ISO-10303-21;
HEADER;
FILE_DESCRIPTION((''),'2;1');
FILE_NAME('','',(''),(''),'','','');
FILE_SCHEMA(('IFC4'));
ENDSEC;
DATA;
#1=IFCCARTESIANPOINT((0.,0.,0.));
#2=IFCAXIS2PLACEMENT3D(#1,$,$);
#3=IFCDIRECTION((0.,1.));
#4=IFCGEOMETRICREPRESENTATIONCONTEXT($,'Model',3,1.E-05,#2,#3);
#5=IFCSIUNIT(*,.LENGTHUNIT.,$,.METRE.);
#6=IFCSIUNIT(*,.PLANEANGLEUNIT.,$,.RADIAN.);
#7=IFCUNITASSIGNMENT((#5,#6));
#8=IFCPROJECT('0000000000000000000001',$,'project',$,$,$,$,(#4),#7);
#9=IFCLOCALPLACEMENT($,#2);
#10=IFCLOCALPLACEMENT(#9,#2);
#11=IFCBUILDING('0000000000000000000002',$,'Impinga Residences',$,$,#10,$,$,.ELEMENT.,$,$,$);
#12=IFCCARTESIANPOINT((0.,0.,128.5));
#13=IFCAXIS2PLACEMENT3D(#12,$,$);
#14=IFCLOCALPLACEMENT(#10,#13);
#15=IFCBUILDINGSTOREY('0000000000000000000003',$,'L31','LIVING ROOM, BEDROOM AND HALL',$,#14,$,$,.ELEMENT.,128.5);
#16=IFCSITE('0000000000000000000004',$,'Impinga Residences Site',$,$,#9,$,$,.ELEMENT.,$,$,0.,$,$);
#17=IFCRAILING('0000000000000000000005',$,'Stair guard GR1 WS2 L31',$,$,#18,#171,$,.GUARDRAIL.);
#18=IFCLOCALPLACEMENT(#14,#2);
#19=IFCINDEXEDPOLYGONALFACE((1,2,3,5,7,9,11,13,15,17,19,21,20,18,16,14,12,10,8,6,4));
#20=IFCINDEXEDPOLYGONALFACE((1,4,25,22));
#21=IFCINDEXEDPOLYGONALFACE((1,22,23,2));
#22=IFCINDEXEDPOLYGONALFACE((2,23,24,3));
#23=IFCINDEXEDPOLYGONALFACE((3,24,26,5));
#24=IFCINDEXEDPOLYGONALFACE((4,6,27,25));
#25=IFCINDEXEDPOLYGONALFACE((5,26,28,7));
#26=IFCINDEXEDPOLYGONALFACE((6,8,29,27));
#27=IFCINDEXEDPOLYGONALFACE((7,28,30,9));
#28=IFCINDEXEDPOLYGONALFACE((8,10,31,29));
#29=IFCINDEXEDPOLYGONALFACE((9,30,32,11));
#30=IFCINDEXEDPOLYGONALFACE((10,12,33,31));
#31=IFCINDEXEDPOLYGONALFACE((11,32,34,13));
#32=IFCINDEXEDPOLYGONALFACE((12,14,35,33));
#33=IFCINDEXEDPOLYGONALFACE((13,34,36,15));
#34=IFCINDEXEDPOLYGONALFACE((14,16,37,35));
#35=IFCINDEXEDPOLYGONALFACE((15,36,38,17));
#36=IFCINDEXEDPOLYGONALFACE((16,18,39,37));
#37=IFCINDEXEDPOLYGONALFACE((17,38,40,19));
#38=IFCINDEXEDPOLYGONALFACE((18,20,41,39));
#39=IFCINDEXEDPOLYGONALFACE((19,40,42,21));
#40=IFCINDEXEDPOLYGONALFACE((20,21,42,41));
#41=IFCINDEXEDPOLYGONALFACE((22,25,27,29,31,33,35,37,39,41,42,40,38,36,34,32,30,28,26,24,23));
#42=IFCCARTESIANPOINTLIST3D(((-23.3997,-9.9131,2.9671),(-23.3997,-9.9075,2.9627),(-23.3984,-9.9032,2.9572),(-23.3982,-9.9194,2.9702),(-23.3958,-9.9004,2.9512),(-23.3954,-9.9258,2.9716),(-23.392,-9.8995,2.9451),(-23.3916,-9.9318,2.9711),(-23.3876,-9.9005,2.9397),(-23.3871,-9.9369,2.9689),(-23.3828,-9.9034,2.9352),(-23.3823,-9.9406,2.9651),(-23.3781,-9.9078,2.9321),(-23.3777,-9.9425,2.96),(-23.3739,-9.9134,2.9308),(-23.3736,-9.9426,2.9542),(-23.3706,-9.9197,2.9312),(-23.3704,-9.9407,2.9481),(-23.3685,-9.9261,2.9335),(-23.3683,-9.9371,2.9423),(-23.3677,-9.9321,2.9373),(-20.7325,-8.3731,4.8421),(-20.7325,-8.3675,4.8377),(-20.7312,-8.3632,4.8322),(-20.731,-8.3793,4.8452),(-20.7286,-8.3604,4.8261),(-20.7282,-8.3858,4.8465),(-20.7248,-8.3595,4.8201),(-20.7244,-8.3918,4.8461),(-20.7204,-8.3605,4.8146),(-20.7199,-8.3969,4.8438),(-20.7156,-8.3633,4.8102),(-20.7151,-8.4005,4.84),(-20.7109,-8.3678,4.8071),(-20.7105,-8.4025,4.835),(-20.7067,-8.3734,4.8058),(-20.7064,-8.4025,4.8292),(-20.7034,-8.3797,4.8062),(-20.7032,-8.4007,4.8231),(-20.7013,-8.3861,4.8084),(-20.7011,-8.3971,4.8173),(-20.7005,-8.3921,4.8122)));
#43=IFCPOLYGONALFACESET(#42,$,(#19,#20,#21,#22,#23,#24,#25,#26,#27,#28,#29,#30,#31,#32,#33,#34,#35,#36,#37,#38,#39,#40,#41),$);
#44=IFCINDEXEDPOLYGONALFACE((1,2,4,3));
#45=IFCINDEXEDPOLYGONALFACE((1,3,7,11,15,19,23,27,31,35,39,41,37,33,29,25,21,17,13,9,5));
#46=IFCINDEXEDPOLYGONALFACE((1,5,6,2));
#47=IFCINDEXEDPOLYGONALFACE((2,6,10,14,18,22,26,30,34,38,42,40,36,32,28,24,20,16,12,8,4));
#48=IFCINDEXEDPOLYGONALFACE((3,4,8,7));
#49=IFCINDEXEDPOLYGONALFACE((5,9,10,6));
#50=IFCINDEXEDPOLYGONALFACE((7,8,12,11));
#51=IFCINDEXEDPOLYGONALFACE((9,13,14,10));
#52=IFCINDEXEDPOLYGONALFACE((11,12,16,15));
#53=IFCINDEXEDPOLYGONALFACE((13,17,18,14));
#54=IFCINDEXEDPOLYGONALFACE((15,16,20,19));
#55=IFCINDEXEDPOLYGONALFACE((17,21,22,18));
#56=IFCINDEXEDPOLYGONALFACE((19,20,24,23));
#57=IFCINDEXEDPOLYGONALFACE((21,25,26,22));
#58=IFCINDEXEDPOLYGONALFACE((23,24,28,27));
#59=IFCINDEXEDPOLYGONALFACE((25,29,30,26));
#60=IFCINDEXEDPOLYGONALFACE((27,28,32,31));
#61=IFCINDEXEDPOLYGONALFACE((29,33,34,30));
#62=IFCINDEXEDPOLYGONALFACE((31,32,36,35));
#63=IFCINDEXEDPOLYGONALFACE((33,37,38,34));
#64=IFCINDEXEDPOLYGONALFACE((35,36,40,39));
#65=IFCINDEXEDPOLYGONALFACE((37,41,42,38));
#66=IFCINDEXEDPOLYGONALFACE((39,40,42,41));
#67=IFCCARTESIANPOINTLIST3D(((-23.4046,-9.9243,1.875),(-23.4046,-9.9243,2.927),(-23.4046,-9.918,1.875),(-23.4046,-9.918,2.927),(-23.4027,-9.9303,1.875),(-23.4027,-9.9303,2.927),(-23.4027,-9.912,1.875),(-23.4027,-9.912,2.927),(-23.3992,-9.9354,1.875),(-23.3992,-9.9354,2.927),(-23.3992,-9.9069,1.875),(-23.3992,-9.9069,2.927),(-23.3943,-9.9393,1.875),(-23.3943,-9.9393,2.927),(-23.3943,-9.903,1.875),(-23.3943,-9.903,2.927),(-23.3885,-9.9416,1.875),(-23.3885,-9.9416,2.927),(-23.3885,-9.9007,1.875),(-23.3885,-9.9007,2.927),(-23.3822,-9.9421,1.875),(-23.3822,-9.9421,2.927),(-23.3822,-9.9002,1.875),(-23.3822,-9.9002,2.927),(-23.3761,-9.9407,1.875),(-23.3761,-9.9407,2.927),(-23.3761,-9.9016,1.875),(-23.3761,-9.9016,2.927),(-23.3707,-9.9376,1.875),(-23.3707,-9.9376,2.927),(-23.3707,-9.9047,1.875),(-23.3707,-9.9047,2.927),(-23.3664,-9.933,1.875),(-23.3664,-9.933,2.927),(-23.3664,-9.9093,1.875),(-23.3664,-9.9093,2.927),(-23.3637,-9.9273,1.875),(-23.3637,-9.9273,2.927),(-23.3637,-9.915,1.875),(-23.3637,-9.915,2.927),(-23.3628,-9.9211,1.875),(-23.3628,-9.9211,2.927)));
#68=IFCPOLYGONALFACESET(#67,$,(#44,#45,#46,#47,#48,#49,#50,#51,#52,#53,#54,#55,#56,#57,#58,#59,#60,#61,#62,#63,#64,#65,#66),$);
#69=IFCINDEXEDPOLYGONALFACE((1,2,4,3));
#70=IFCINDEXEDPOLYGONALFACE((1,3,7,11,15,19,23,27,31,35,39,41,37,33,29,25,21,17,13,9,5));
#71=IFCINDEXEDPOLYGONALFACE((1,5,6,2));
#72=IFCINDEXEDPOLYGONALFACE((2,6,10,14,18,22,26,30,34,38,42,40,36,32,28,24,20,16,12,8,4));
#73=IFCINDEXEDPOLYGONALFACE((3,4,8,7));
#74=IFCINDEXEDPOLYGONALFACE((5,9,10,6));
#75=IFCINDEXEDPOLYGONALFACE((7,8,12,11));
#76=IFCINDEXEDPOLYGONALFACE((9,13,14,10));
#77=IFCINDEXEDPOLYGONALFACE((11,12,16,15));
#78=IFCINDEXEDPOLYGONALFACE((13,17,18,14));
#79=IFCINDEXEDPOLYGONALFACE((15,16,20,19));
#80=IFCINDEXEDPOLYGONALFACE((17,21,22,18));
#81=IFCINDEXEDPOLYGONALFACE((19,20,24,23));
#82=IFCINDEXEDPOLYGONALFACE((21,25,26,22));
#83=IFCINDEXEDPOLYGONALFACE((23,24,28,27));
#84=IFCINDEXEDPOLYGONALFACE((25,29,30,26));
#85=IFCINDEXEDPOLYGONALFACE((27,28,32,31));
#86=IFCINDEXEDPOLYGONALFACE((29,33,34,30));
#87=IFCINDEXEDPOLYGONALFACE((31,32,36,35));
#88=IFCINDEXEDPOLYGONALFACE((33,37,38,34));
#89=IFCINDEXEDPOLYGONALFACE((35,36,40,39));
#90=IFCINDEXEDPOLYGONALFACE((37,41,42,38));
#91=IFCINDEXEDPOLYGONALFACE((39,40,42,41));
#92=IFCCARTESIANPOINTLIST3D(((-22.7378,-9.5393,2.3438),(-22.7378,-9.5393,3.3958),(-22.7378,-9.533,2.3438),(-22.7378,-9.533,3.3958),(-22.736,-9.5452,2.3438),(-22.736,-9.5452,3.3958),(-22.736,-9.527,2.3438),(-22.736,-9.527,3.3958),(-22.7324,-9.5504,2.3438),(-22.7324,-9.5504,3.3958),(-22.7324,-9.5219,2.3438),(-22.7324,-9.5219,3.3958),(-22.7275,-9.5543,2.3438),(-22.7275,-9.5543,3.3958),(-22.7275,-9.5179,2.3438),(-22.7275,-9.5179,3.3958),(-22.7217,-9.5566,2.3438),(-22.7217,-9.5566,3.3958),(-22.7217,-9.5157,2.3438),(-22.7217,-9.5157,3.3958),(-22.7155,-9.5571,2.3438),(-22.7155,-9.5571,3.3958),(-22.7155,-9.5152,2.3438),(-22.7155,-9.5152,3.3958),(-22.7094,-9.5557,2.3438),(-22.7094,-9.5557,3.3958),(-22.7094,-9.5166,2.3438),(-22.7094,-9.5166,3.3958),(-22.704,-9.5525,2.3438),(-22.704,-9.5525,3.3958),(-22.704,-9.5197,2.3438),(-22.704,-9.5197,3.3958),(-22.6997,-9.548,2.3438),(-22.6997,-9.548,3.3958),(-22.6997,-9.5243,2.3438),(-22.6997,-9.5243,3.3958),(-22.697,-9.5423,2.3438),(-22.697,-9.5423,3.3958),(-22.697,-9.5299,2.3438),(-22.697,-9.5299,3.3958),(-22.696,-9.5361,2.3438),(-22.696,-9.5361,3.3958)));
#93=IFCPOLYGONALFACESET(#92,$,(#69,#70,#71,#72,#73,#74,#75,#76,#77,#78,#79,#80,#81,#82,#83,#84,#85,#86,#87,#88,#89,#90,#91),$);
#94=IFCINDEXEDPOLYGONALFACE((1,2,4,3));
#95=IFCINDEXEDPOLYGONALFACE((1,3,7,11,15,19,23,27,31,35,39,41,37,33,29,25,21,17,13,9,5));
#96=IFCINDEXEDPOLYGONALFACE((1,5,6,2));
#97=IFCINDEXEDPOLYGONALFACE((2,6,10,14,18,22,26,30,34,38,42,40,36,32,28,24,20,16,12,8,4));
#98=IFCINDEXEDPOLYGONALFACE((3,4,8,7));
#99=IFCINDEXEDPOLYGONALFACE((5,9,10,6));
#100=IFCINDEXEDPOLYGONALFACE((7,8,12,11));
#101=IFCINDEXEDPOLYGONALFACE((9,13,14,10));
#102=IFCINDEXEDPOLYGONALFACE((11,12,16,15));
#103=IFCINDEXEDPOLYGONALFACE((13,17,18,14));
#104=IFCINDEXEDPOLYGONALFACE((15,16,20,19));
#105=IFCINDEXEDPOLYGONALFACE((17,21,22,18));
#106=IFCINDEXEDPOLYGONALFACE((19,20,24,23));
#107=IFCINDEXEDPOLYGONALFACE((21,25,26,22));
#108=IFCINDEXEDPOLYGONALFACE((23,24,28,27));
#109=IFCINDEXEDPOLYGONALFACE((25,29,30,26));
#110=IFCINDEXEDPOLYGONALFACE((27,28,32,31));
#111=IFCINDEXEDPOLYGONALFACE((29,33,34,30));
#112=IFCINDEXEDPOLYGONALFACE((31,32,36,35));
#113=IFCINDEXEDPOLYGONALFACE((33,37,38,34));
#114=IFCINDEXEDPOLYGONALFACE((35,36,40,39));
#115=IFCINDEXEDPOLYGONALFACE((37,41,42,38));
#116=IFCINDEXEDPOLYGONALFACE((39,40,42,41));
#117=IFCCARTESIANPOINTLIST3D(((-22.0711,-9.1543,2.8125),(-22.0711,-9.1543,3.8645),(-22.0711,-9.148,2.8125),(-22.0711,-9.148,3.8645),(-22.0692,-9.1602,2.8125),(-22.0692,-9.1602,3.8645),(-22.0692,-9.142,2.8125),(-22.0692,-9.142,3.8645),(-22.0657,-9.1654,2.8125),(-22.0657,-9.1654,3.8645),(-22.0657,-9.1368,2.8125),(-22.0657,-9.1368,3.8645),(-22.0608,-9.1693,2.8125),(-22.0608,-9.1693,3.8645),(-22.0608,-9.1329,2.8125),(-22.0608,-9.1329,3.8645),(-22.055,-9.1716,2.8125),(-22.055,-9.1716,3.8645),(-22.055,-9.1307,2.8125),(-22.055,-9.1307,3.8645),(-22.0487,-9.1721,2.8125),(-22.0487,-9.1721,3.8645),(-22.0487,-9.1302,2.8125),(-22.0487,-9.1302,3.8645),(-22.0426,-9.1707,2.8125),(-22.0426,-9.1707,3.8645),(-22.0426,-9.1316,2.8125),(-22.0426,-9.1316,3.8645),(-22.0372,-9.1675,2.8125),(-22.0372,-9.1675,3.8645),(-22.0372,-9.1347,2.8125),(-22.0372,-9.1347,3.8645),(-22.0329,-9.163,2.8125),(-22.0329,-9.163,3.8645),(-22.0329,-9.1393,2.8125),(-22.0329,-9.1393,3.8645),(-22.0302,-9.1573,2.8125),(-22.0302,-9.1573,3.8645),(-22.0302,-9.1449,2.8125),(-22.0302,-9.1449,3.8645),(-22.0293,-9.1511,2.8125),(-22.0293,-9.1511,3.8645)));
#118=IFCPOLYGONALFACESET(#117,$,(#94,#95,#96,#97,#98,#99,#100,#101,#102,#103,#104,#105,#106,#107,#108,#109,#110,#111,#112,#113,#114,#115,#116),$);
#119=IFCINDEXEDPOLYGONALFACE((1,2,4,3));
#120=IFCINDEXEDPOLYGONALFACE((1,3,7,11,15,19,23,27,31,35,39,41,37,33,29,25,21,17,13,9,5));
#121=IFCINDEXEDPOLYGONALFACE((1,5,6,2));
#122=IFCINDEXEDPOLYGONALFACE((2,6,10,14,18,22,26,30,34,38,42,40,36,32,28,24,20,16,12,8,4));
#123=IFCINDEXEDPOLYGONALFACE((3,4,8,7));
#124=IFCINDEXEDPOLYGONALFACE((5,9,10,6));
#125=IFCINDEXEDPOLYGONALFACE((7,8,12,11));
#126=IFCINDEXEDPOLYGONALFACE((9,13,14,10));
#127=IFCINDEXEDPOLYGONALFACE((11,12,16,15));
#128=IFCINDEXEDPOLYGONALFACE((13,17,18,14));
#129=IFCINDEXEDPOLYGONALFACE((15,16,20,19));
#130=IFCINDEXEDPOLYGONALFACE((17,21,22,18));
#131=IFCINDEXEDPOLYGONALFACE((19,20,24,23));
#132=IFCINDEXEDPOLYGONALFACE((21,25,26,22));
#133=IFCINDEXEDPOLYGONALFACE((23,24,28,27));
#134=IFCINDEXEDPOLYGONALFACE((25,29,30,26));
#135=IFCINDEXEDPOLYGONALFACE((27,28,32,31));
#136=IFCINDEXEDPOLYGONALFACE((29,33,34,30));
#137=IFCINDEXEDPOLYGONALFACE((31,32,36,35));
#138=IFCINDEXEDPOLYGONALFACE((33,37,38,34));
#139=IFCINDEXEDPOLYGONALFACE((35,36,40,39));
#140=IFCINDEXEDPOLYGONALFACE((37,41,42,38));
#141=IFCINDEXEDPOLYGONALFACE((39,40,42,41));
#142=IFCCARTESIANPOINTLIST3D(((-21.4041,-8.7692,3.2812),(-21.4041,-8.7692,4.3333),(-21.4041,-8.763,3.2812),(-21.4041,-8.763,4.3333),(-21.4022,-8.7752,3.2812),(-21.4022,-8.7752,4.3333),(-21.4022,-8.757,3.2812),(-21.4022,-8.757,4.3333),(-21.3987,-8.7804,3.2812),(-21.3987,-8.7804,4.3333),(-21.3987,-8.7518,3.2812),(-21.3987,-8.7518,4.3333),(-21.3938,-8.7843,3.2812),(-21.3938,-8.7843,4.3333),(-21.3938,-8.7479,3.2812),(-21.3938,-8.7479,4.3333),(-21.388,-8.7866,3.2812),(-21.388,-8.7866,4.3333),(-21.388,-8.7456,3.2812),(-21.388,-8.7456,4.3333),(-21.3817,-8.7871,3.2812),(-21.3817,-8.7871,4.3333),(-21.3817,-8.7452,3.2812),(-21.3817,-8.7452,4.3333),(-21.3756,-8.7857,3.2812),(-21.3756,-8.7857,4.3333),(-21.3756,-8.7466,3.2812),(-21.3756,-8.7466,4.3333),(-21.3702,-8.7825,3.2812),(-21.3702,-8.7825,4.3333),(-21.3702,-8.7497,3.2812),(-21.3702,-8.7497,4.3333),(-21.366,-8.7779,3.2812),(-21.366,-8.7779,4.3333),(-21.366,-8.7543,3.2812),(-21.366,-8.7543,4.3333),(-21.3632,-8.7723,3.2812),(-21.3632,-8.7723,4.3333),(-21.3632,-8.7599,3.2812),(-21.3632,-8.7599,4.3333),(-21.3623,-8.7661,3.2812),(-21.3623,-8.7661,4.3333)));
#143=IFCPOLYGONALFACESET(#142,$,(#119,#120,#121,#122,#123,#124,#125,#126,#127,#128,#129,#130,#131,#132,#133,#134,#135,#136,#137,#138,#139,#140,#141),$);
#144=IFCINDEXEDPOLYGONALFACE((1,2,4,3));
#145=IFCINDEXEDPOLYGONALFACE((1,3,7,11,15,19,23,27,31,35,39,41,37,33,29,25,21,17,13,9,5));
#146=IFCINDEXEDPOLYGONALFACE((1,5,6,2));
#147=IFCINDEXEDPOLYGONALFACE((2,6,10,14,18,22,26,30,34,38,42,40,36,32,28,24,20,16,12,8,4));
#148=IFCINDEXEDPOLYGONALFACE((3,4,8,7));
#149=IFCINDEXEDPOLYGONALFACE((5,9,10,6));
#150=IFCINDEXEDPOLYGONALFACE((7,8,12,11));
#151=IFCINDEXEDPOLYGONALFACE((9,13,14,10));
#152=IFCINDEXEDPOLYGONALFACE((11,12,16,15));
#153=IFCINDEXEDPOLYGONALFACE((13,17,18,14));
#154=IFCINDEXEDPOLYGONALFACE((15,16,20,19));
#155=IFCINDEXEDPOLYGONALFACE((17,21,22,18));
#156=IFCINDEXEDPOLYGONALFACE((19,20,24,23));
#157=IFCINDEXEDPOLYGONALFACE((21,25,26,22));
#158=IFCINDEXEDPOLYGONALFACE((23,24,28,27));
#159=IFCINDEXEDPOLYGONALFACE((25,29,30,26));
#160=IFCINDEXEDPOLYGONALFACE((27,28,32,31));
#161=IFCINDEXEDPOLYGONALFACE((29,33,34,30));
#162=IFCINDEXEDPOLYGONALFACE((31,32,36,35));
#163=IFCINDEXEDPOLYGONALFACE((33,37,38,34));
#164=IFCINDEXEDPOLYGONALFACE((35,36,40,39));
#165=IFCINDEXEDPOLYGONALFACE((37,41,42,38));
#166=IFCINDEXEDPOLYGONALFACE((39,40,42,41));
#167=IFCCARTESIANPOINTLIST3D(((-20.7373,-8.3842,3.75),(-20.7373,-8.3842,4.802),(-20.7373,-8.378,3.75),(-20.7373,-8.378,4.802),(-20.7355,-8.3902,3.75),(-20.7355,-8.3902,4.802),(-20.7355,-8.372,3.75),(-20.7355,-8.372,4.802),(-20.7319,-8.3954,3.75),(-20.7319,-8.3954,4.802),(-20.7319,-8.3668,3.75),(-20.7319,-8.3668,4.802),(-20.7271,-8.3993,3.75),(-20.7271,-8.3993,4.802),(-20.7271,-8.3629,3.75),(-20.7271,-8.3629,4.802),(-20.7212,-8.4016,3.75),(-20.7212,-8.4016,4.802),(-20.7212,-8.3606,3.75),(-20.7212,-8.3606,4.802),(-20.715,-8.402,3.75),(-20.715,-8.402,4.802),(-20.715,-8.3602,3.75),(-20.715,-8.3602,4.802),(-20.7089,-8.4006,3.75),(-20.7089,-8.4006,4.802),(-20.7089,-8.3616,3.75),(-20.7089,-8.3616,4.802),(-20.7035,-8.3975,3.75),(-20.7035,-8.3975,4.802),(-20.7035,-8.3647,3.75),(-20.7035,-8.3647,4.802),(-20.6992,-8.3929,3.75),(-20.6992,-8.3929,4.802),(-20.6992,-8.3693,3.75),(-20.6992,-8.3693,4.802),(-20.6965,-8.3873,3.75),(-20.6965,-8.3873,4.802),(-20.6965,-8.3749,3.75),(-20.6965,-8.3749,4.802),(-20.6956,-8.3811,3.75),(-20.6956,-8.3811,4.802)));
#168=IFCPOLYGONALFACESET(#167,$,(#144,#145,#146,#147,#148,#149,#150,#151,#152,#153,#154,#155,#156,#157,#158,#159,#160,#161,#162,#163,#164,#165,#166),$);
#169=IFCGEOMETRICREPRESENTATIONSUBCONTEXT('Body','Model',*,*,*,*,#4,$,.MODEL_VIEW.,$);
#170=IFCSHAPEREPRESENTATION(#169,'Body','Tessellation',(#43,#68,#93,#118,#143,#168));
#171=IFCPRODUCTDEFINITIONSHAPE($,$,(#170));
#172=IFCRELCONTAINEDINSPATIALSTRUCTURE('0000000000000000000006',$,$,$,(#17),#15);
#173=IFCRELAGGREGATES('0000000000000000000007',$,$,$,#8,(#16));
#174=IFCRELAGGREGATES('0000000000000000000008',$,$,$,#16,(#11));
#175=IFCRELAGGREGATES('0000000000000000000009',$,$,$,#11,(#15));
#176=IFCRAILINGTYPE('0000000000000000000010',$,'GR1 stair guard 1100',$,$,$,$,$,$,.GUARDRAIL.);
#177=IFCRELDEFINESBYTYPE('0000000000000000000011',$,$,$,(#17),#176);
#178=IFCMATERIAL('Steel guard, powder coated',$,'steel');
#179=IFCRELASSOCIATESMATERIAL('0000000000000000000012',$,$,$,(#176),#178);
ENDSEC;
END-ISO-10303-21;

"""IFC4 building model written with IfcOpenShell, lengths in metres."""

from ifc_helpers import new_model, si_unit, direction, frame, origin, origin_2d, place, context, subcontext, project, spatial, circle, extrude, material, type_object, element, save


model = new_model("IFC4")

# Units and contexts
model_context = context("Model", 3, precision=1e-05, world=origin(), true_north=direction((0.0, 1.0)))
body_context = subcontext(model_context, "Body", "Model", "MODEL_VIEW")
ifc_project = project(units=[si_unit("LENGTHUNIT", "METRE"), si_unit("PLANEANGLEUNIT", "RADIAN")], contexts=[model_context])

# Site, building, storey
site_placement = place(None, origin())
site = spatial("IfcSite", under=ifc_project, at=site_placement, Name="Impinga Residences Site", CompositionType="ELEMENT", RefElevation=0.0)
building_placement = place(site_placement, origin())
building = spatial("IfcBuilding", under=site, at=building_placement, Name="Impinga Residences", CompositionType="ELEMENT")
storey_placement = place(building_placement, frame((0.0, 0.0, 128.5)))
storey = spatial("IfcBuildingStorey", under=building, at=storey_placement, Name="L31", Description="LIVING ROOM, BEDROOM AND HALL", CompositionType="ELEMENT", Elevation=128.5)

# Railing
ifc_material_1 = material(Name="Steel guard, powder coated", Category="steel")
railing_type_1 = type_object("IfcRailingType", Name="GR1 stair guard 1100", PredefinedType="GUARDRAIL", material=ifc_material_1)
railing_1_placement = place(storey_placement, frame((-23.3838, -9.9211, 1.875)))
element("IfcRailing", 1, at=railing_1_placement, inside=storey, type_object=railing_type_1, Name="Stair guard GR1 WS2 L31", PredefinedType="GUARDRAIL", context=body_context, shape_type="SweptSolid", body=[
    extrude(circle(Radius=0.0239, at=origin_2d()), frame((0.0, 0.0, 1.0762), z_axis=(0.739716, 0.427105, 0.520002), x_axis=(-0.500027, 0.86601, 0.0)), (0.0, 0.0, 1.0), 3.6057),
    extrude(circle(Radius=0.021, at=origin_2d()), origin(), (0.0, 0.0, 1.0), 1.052),
    extrude(circle(Radius=0.021, at=origin_2d()), frame((0.6667, 0.385, 0.4688)), (0.0, 0.0, 1.0), 1.052),
    extrude(circle(Radius=0.021, at=origin_2d()), frame((1.3335, 0.77, 0.9375)), (0.0, 0.0, 1.0), 1.052),
    extrude(circle(Radius=0.021, at=origin_2d()), frame((2.0005, 1.155, 1.4062)), (0.0, 0.0, 1.0), 1.052),
    extrude(circle(Radius=0.021, at=origin_2d()), frame((2.6672, 1.54, 1.875)), (0.0, 0.0, 1.0), 1.052),
])

save(model, "model.ifc")
